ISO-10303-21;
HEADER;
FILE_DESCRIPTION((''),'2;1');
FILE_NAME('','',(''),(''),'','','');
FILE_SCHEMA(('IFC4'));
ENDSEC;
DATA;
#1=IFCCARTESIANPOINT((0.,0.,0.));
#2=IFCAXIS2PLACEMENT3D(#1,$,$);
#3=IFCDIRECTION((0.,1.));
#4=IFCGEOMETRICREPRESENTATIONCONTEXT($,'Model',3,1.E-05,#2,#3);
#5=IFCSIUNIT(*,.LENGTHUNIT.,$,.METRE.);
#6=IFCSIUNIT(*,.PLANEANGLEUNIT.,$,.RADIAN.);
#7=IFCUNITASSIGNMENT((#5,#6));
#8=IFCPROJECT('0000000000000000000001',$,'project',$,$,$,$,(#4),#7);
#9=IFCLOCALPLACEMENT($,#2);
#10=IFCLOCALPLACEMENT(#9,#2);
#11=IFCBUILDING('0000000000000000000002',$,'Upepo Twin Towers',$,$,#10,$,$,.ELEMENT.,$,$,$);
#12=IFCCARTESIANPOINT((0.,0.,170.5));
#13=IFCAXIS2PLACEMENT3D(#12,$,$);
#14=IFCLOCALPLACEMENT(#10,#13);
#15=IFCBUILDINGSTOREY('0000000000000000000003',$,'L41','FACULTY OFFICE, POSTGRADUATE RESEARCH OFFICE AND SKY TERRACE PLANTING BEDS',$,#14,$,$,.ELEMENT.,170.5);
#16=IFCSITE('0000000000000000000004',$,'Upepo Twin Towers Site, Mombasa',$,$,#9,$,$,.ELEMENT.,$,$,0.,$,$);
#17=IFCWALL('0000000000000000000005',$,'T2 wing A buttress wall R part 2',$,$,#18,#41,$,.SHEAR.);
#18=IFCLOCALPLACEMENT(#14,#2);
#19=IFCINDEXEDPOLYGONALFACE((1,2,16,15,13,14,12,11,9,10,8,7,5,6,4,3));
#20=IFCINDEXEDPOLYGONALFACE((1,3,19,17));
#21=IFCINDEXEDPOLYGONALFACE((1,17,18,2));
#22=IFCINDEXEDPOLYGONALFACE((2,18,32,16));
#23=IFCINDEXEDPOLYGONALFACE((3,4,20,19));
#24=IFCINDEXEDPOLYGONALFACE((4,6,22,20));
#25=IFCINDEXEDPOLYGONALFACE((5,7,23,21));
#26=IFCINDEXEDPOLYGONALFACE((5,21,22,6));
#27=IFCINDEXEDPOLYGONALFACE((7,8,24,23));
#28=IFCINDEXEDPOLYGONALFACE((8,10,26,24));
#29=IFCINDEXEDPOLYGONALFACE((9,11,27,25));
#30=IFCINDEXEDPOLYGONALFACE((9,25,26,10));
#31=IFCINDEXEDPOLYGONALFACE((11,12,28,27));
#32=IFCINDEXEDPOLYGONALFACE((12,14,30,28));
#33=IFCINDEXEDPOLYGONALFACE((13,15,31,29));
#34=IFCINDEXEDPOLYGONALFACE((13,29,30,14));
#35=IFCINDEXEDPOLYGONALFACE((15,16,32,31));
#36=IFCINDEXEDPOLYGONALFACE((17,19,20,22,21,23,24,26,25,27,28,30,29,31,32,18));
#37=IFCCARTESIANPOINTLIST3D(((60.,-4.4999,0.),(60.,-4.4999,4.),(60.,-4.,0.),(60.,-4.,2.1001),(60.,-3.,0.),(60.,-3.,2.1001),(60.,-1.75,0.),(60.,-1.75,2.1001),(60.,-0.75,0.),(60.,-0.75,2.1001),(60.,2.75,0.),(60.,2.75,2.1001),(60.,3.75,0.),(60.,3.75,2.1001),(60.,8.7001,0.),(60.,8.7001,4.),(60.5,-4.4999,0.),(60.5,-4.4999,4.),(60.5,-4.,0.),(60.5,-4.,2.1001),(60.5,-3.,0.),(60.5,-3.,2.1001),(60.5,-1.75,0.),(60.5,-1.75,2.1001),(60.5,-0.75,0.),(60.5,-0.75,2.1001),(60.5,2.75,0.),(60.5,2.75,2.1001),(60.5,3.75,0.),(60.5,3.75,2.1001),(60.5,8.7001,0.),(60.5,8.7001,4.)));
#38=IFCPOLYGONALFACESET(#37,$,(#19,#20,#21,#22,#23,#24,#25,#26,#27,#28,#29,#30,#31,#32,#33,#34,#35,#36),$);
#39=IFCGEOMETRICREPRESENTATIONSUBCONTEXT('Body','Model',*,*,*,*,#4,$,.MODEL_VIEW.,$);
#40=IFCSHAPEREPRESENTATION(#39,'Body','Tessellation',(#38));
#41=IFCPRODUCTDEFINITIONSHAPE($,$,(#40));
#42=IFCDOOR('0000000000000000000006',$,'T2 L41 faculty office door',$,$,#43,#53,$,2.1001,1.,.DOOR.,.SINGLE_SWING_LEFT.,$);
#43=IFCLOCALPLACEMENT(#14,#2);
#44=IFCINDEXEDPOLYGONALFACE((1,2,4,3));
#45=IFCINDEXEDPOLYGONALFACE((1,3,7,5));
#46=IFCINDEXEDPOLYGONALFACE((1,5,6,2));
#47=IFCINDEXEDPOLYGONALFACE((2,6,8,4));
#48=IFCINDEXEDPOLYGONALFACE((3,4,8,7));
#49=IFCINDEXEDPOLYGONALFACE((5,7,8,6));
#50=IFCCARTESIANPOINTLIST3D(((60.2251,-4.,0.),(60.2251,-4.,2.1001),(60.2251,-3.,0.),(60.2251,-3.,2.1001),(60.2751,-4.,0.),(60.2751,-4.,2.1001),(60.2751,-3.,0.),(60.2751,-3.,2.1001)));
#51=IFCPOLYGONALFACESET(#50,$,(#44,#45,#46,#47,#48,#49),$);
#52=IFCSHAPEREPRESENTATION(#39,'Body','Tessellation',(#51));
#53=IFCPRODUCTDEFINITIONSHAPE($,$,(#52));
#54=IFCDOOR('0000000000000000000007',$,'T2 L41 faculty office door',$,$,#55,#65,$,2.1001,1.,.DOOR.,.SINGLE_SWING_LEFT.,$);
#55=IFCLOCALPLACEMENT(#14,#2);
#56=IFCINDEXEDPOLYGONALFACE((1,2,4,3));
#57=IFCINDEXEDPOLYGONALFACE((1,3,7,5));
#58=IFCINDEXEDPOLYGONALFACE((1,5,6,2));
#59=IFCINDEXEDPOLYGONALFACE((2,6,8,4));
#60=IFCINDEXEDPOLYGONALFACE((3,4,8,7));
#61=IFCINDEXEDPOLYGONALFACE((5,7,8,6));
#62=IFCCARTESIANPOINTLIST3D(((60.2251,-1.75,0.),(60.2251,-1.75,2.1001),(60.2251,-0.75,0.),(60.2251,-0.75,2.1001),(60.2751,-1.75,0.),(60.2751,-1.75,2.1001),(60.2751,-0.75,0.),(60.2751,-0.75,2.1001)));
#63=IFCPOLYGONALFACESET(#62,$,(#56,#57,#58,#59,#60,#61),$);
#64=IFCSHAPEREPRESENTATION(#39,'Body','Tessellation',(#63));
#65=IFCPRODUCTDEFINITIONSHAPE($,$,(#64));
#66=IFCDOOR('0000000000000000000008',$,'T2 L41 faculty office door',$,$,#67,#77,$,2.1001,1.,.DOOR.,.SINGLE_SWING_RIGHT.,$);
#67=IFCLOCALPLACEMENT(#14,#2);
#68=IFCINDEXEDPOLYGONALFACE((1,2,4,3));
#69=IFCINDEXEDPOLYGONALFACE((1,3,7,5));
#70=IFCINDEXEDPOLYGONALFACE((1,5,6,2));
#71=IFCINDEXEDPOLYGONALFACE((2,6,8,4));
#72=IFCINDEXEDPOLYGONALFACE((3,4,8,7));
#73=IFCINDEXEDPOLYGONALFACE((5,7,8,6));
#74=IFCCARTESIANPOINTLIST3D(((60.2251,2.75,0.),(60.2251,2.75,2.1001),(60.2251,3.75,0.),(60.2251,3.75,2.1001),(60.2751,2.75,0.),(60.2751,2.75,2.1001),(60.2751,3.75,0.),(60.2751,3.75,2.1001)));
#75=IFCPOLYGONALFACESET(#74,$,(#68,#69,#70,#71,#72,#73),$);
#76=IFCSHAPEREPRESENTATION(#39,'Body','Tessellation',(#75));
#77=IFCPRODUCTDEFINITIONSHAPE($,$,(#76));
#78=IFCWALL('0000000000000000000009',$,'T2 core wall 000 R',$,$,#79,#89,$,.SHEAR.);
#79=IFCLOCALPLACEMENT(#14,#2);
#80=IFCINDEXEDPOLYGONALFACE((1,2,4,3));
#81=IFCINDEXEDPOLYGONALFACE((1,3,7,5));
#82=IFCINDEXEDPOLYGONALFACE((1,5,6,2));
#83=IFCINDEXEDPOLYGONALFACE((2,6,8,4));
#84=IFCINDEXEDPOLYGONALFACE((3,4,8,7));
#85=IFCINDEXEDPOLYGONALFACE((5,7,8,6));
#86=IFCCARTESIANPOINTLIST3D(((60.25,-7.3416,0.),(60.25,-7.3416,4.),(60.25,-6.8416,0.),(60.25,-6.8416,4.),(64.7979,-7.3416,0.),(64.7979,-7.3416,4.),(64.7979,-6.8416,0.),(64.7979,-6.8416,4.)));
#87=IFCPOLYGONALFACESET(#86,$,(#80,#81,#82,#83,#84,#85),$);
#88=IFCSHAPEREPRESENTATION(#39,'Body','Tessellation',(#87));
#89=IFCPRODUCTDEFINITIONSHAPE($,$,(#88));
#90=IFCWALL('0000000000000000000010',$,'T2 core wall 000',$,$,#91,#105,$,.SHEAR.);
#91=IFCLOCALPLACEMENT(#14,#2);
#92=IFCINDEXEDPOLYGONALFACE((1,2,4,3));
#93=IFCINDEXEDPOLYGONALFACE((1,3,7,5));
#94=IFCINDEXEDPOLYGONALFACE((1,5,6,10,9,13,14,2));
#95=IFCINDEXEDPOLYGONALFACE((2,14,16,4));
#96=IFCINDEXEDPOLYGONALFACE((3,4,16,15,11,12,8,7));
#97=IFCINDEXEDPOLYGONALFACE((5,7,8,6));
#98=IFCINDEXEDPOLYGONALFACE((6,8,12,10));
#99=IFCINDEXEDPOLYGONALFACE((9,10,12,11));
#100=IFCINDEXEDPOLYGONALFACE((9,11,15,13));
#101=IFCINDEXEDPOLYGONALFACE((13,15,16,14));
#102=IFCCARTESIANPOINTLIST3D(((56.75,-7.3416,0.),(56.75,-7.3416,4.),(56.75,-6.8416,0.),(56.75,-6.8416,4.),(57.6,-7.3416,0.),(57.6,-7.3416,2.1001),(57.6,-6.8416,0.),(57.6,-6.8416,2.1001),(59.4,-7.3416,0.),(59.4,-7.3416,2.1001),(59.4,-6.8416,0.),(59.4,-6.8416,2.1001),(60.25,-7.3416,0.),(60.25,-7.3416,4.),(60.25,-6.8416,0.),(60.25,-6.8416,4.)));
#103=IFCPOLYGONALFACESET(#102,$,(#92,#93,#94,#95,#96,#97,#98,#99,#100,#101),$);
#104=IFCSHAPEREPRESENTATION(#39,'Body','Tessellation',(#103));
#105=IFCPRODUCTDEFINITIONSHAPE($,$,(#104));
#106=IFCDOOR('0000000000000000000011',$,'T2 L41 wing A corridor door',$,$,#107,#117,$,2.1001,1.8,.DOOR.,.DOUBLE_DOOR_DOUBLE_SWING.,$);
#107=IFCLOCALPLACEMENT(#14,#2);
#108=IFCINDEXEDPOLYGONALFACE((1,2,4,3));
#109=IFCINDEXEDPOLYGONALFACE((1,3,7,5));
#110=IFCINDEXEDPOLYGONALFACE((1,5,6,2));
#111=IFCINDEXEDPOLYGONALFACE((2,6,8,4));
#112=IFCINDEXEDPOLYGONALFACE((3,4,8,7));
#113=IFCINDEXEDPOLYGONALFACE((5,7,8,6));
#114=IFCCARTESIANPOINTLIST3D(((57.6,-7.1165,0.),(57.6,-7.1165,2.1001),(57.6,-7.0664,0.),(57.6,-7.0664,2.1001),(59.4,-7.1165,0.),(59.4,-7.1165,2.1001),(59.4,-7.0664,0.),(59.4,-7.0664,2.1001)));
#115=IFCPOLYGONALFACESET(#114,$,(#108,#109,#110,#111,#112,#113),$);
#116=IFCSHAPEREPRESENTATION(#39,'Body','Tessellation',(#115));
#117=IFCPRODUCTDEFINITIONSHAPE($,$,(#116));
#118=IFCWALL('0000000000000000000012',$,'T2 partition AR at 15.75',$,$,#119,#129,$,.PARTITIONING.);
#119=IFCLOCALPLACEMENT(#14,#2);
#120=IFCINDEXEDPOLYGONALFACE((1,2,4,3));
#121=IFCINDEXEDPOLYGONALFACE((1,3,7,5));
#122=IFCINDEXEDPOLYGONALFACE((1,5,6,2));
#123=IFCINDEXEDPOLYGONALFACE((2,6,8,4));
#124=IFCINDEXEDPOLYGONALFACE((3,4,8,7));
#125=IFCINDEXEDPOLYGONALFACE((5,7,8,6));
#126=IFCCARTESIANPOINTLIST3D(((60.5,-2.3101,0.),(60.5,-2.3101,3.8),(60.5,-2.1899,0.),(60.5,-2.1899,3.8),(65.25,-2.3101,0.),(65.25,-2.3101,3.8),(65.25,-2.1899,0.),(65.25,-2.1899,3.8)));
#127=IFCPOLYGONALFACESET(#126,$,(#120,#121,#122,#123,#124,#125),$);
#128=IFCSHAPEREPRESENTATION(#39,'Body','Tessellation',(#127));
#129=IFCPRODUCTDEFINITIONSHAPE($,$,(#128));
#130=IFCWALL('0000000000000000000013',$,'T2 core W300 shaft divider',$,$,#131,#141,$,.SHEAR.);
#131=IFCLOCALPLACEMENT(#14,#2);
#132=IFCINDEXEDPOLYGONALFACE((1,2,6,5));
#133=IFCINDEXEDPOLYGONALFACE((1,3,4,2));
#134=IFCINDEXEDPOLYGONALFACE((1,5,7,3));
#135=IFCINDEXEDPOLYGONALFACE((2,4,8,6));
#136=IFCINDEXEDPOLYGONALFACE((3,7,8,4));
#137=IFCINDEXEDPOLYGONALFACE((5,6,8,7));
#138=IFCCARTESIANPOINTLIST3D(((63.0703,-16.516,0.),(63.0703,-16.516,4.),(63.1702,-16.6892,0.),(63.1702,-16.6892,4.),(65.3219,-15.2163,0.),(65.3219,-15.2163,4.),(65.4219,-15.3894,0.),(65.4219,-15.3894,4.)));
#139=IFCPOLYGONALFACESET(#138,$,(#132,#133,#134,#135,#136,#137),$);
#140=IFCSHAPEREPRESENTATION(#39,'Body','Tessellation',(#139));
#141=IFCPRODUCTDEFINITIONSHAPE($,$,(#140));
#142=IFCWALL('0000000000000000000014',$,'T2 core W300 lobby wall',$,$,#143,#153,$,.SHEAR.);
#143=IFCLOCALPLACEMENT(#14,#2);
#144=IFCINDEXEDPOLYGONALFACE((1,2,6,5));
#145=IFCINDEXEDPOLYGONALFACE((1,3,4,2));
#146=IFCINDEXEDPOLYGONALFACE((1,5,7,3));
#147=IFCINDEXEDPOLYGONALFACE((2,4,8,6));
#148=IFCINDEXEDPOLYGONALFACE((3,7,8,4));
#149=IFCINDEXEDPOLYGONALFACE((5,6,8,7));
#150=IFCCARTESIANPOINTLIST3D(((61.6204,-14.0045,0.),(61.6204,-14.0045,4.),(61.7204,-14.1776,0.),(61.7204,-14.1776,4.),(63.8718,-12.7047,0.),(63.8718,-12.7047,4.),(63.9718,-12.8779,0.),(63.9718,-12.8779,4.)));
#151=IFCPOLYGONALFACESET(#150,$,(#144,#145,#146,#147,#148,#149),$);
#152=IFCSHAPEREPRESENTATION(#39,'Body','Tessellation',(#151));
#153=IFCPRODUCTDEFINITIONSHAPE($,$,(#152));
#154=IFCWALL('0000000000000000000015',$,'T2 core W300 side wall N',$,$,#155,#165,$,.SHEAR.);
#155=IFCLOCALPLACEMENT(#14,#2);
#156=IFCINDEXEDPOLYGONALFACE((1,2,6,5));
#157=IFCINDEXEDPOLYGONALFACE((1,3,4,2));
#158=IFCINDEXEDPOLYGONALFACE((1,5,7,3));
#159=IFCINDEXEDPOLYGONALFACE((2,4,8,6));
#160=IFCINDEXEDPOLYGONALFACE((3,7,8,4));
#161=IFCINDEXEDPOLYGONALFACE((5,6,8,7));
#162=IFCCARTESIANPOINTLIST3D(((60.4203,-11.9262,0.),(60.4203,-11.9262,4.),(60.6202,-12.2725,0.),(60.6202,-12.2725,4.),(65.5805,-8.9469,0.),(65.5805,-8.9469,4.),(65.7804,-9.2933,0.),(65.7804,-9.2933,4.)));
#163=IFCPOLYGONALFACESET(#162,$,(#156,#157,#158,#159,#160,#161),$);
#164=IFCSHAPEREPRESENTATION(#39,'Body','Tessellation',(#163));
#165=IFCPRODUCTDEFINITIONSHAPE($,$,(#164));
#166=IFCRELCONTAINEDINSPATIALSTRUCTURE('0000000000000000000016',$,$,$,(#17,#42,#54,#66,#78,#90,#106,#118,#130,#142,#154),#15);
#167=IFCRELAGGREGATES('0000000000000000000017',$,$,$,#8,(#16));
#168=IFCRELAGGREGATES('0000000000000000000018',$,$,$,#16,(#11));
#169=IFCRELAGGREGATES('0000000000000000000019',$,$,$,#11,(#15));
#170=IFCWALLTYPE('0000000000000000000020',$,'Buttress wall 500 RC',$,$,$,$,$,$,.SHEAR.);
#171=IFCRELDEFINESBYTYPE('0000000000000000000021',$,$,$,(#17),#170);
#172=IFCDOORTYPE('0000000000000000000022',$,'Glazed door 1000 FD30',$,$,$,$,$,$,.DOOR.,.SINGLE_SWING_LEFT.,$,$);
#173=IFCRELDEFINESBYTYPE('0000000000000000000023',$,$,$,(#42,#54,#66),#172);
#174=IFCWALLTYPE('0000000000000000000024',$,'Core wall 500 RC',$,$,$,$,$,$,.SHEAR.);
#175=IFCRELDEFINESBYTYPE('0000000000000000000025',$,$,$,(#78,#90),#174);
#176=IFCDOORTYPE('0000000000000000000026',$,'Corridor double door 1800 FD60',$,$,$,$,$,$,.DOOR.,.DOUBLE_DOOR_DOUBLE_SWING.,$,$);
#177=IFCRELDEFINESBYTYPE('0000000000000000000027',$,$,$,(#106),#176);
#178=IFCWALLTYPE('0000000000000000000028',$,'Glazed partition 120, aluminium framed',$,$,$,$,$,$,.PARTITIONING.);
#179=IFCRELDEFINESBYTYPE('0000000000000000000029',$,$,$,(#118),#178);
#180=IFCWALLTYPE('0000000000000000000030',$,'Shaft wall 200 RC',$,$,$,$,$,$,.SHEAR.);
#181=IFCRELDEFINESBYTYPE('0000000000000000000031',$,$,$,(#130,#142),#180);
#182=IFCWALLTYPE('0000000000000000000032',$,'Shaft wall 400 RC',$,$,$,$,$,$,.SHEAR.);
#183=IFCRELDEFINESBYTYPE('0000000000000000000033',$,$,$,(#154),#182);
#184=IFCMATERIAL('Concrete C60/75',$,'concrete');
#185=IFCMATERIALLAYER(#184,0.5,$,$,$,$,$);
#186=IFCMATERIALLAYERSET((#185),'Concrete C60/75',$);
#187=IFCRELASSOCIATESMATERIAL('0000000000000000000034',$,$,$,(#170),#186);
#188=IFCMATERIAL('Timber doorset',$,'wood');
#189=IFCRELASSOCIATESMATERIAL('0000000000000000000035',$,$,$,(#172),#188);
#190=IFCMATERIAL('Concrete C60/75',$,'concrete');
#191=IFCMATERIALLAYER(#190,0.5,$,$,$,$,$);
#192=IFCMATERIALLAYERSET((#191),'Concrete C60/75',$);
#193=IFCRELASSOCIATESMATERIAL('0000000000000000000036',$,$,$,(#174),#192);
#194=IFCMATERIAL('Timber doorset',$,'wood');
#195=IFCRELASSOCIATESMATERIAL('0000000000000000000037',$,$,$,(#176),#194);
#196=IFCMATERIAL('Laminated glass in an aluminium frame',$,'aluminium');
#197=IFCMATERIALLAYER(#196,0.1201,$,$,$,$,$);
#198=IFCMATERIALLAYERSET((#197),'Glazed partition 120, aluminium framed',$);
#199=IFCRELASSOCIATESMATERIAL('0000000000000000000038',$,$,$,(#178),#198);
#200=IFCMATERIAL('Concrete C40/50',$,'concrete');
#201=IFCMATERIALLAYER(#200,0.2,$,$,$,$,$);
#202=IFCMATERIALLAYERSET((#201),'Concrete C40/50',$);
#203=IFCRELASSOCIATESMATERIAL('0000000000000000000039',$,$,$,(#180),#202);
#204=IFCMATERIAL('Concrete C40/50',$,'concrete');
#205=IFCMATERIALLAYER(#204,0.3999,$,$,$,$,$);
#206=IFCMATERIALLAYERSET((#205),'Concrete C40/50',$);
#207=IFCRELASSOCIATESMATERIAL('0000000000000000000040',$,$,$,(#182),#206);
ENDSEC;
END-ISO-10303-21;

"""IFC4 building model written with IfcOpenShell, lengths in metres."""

from ifc_helpers import new_model, si_unit, direction, frame, frame_2d, origin, place, context, subcontext, project, spatial, rectangle, extrude, material, layer, layer_set, type_object, element, fill, save


model = new_model("IFC4")

# Units and contexts
model_context = context("Model", 3, precision=1e-05, world=origin(), true_north=direction((0.0, 1.0)))
body_context = subcontext(model_context, "Body", "Model", "MODEL_VIEW")
ifc_project = project(units=[si_unit("LENGTHUNIT", "METRE"), si_unit("PLANEANGLEUNIT", "RADIAN")], contexts=[model_context])

# Site, building, storey
site_placement = place(None, origin())
site = spatial("IfcSite", under=ifc_project, at=site_placement, Name="Upepo Twin Towers Site, Mombasa", CompositionType="ELEMENT", RefElevation=0.0)
building_placement = place(site_placement, origin())
building = spatial("IfcBuilding", under=site, at=building_placement, Name="Upepo Twin Towers", CompositionType="ELEMENT")
storey_placement = place(building_placement, frame((0.0, 0.0, 170.5)))
storey = spatial("IfcBuildingStorey", under=building, at=storey_placement, Name="L41", Description="FACULTY OFFICE, POSTGRADUATE RESEARCH OFFICE AND SKY TERRACE PLANTING BEDS", CompositionType="ELEMENT", Elevation=170.5)

# Wall, openings, doors
ifc_material_1 = material(Name="Concrete C60/75", Category="concrete")
ifc_layer_1 = layer(ifc_material_1, 0.5)
ifc_layer_set_1 = layer_set([ifc_layer_1], Name="Concrete C60/75")
wall_type_1 = type_object("IfcWallType", Name="Buttress wall 500 RC", PredefinedType="SHEAR", material=ifc_layer_set_1)
wall_1_placement = place(storey_placement, frame((60.25, -4.5, 0.0), z_axis=(0.0, 0.0, 1.0), x_axis=(0.0, 1.0, 0.0)))
wall_1 = element("IfcWall", 1, at=wall_1_placement, inside=storey, type_object=wall_type_1, Name="T2 wing A buttress wall R part 2", PredefinedType="SHEAR", context=body_context, shape_type="SweptSolid", body=[
    extrude(rectangle(XDim=13.2, YDim=0.5, at=frame_2d((6.6001, 0.0))), origin(), (0.0, 0.0, 1.0), 4.0),
])
opening_1_placement = place(wall_1_placement, frame((0.5, 0.0, 0.0)))
opening_1 = element("IfcOpeningElement", 2, at=opening_1_placement, cuts=wall_1, PredefinedType="OPENING", context=body_context, shape_type="SweptSolid", body=[
    extrude(rectangle(XDim=1.0, YDim=2.1001, at=frame_2d((0.5, 1.05))), frame((0.0, 0.26, 0.0), z_axis=(0.0, -1.0, 0.0), x_axis=(1.0, 0.0, 0.0)), (0.0, 0.0, 1.0), 0.52),
])
opening_2_placement = place(wall_1_placement, frame((2.75, 0.0, 0.0)))
opening_2 = element("IfcOpeningElement", 3, at=opening_2_placement, cuts=wall_1, PredefinedType="OPENING", context=body_context, shape_type="SweptSolid", body=[
    extrude(rectangle(XDim=1.0, YDim=2.1001, at=frame_2d((0.5, 1.05))), frame((0.0, 0.26, 0.0), z_axis=(0.0, -1.0, 0.0), x_axis=(1.0, 0.0, 0.0)), (0.0, 0.0, 1.0), 0.52),
])
opening_3_placement = place(wall_1_placement, frame((7.25, 0.0, 0.0)))
opening_3 = element("IfcOpeningElement", 4, at=opening_3_placement, cuts=wall_1, PredefinedType="OPENING", context=body_context, shape_type="SweptSolid", body=[
    extrude(rectangle(XDim=1.0, YDim=2.1001, at=frame_2d((0.5, 1.05))), frame((0.0, 0.26, 0.0), z_axis=(0.0, -1.0, 0.0), x_axis=(1.0, 0.0, 0.0)), (0.0, 0.0, 1.0), 0.52),
])
ifc_material_2 = material(Name="Timber doorset", Category="wood")
door_type_1 = type_object("IfcDoorType", Name="Glazed door 1000 FD30", OperationType="SINGLE_SWING_LEFT", PredefinedType="DOOR", material=ifc_material_2)
door_1_placement = place(opening_1_placement, origin())
door_1 = element("IfcDoor", 5, at=door_1_placement, inside=storey, type_object=door_type_1, Name="T2 L41 faculty office door", OperationType="SINGLE_SWING_LEFT", OverallHeight=2.1001, OverallWidth=1.0, PredefinedType="DOOR", context=body_context, shape_type="SweptSolid", body=[
    extrude(rectangle(XDim=1.0, YDim=2.1001, at=frame_2d((0.5, 1.05))), frame((0.0, 0.0249, 0.0), z_axis=(0.0, -1.0, 0.0), x_axis=(1.0, 0.0, 0.0)), (0.0, 0.0, 1.0), 0.05),
])
fill(opening_1, door_1)
door_2_placement = place(opening_2_placement, origin())
door_2 = element("IfcDoor", 6, at=door_2_placement, inside=storey, type_object=door_type_1, Name="T2 L41 faculty office door", OperationType="SINGLE_SWING_LEFT", OverallHeight=2.1001, OverallWidth=1.0, PredefinedType="DOOR", context=body_context, shape_type="SweptSolid", body=[
    extrude(rectangle(XDim=1.0, YDim=2.1001, at=frame_2d((0.5, 1.05))), frame((0.0, 0.0249, 0.0), z_axis=(0.0, -1.0, 0.0), x_axis=(1.0, 0.0, 0.0)), (0.0, 0.0, 1.0), 0.05),
])
fill(opening_2, door_2)
door_3_placement = place(opening_3_placement, origin())
door_3 = element("IfcDoor", 7, at=door_3_placement, inside=storey, type_object=door_type_1, Name="T2 L41 faculty office door", OperationType="SINGLE_SWING_RIGHT", OverallHeight=2.1001, OverallWidth=1.0, PredefinedType="DOOR", context=body_context, shape_type="SweptSolid", body=[
    extrude(rectangle(XDim=1.0, YDim=2.1001, at=frame_2d((0.5, 1.05))), frame((0.0, 0.0249, 0.0), z_axis=(0.0, -1.0, 0.0), x_axis=(1.0, 0.0, 0.0)), (0.0, 0.0, 1.0), 0.05),
])
fill(opening_3, door_3)

# Wall
ifc_material_3 = material(Name="Concrete C60/75", Category="concrete")
ifc_layer_2 = layer(ifc_material_3, 0.5)
ifc_layer_set_2 = layer_set([ifc_layer_2], Name="Concrete C60/75")
wall_type_2 = type_object("IfcWallType", Name="Core wall 500 RC", PredefinedType="SHEAR", material=ifc_layer_set_2)
wall_2_placement = place(storey_placement, frame((64.7979, -7.0916, 0.0), z_axis=(0.0, 0.0, 1.0), x_axis=(-1.0, 0.0, 0.0)))
element("IfcWall", 8, at=wall_2_placement, inside=storey, type_object=wall_type_2, Name="T2 core wall 000 R", PredefinedType="SHEAR", context=body_context, shape_type="SweptSolid", body=[
    extrude(rectangle(XDim=4.5479, YDim=0.5, at=frame_2d((2.2739, 0.0))), origin(), (0.0, 0.0, 1.0), 4.0),
])

# Wall, opening, door
wall_3_placement = place(storey_placement, frame((60.25, -7.0916, 0.0), z_axis=(0.0, 0.0, 1.0), x_axis=(-1.0, 0.0, 0.0)))
wall_3 = element("IfcWall", 9, at=wall_3_placement, inside=storey, type_object=wall_type_2, Name="T2 core wall 000", PredefinedType="SHEAR", context=body_context, shape_type="SweptSolid", body=[
    extrude(rectangle(XDim=3.5, YDim=0.5, at=frame_2d((1.75, 0.0))), origin(), (0.0, 0.0, 1.0), 4.0),
])
opening_4_placement = place(wall_3_placement, frame((0.8501, 0.0, 0.0)))
opening_4 = element("IfcOpeningElement", 10, at=opening_4_placement, cuts=wall_3, PredefinedType="OPENING", context=body_context, shape_type="SweptSolid", body=[
    extrude(rectangle(XDim=1.8, YDim=2.1001, at=frame_2d((0.8999, 1.05))), frame((0.0, 0.26, 0.0), z_axis=(0.0, -1.0, 0.0), x_axis=(1.0, 0.0, 0.0)), (0.0, 0.0, 1.0), 0.52),
])
ifc_material_4 = material(Name="Timber doorset", Category="wood")
door_type_2 = type_object("IfcDoorType", Name="Corridor double door 1800 FD60", OperationType="DOUBLE_DOOR_DOUBLE_SWING", PredefinedType="DOOR", material=ifc_material_4)
door_4_placement = place(opening_4_placement, origin())
door_4 = element("IfcDoor", 11, at=door_4_placement, inside=storey, type_object=door_type_2, Name="T2 L41 wing A corridor door", OperationType="DOUBLE_DOOR_DOUBLE_SWING", OverallHeight=2.1001, OverallWidth=1.8, PredefinedType="DOOR", context=body_context, shape_type="SweptSolid", body=[
    extrude(rectangle(XDim=1.8, YDim=2.1001, at=frame_2d((0.8999, 1.05))), frame((0.0, 0.0249, 0.0), z_axis=(0.0, -1.0, 0.0), x_axis=(1.0, 0.0, 0.0)), (0.0, 0.0, 1.0), 0.05),
])
fill(opening_4, door_4)

# Walls
ifc_material_5 = material(Name="Laminated glass in an aluminium frame", Category="aluminium")
ifc_layer_3 = layer(ifc_material_5, 0.1201)
ifc_layer_set_3 = layer_set([ifc_layer_3], Name="Glazed partition 120, aluminium framed")
wall_type_3 = type_object("IfcWallType", Name="Glazed partition 120, aluminium framed", PredefinedType="PARTITIONING", material=ifc_layer_set_3)
wall_4_placement = place(storey_placement, frame((60.5, -2.25, 0.0), z_axis=(0.0, 0.0, 1.0), x_axis=(1.0, 0.0, 0.0)))
element("IfcWall", 12, at=wall_4_placement, inside=storey, type_object=wall_type_3, Name="T2 partition AR at 15.75", PredefinedType="PARTITIONING", context=body_context, shape_type="SweptSolid", body=[
    extrude(rectangle(XDim=4.75, YDim=0.1201, at=frame_2d((2.375, 0.0))), origin(), (0.0, 0.0, 1.0), 3.8),
])
ifc_material_6 = material(Name="Concrete C40/50", Category="concrete")
ifc_layer_4 = layer(ifc_material_6, 0.2)
ifc_layer_set_4 = layer_set([ifc_layer_4], Name="Concrete C40/50")
wall_type_4 = type_object("IfcWallType", Name="Shaft wall 200 RC", PredefinedType="SHEAR", material=ifc_layer_set_4)
wall_5_placement = place(storey_placement, frame((63.1204, -16.6025, 0.0), z_axis=(0.0, 0.0, 1.0), x_axis=(0.866062, 0.499937, 0.0)))
element("IfcWall", 13, at=wall_5_placement, inside=storey, type_object=wall_type_4, Name="T2 core W300 shaft divider", PredefinedType="SHEAR", context=body_context, shape_type="SweptSolid", body=[
    extrude(rectangle(XDim=2.5999, YDim=0.2, at=frame_2d((1.2998, 0.0))), origin(), (0.0, 0.0, 1.0), 4.0),
])
wall_6_placement = place(storey_placement, frame((61.6704, -14.0911, 0.0), z_axis=(0.0, 0.0, 1.0), x_axis=(0.866039, 0.499977, 0.0)))
element("IfcWall", 14, at=wall_6_placement, inside=storey, type_object=wall_type_4, Name="T2 core W300 lobby wall", PredefinedType="SHEAR", context=body_context, shape_type="SweptSolid", body=[
    extrude(rectangle(XDim=2.5996, YDim=0.2, at=frame_2d((1.2998, 0.0))), origin(), (0.0, 0.0, 1.0), 4.0),
])
ifc_material_7 = material(Name="Concrete C40/50", Category="concrete")
ifc_layer_5 = layer(ifc_material_7, 0.3999)
ifc_layer_set_5 = layer_set([ifc_layer_5], Name="Concrete C40/50")
wall_type_5 = type_object("IfcWallType", Name="Shaft wall 400 RC", PredefinedType="SHEAR", material=ifc_layer_set_5)
wall_7_placement = place(storey_placement, frame((60.5203, -12.0994, 0.0), z_axis=(0.0, 0.0, 1.0), x_axis=(0.866023, 0.500004, 0.0)))
element("IfcWall", 15, at=wall_7_placement, inside=storey, type_object=wall_type_5, Name="T2 core W300 side wall N", PredefinedType="SHEAR", context=body_context, shape_type="SweptSolid", body=[
    extrude(rectangle(XDim=5.9585, YDim=0.3999, at=frame_2d((2.9792, 0.0))), origin(), (0.0, 0.0, 1.0), 4.0),
])

save(model, "model.ifc")
